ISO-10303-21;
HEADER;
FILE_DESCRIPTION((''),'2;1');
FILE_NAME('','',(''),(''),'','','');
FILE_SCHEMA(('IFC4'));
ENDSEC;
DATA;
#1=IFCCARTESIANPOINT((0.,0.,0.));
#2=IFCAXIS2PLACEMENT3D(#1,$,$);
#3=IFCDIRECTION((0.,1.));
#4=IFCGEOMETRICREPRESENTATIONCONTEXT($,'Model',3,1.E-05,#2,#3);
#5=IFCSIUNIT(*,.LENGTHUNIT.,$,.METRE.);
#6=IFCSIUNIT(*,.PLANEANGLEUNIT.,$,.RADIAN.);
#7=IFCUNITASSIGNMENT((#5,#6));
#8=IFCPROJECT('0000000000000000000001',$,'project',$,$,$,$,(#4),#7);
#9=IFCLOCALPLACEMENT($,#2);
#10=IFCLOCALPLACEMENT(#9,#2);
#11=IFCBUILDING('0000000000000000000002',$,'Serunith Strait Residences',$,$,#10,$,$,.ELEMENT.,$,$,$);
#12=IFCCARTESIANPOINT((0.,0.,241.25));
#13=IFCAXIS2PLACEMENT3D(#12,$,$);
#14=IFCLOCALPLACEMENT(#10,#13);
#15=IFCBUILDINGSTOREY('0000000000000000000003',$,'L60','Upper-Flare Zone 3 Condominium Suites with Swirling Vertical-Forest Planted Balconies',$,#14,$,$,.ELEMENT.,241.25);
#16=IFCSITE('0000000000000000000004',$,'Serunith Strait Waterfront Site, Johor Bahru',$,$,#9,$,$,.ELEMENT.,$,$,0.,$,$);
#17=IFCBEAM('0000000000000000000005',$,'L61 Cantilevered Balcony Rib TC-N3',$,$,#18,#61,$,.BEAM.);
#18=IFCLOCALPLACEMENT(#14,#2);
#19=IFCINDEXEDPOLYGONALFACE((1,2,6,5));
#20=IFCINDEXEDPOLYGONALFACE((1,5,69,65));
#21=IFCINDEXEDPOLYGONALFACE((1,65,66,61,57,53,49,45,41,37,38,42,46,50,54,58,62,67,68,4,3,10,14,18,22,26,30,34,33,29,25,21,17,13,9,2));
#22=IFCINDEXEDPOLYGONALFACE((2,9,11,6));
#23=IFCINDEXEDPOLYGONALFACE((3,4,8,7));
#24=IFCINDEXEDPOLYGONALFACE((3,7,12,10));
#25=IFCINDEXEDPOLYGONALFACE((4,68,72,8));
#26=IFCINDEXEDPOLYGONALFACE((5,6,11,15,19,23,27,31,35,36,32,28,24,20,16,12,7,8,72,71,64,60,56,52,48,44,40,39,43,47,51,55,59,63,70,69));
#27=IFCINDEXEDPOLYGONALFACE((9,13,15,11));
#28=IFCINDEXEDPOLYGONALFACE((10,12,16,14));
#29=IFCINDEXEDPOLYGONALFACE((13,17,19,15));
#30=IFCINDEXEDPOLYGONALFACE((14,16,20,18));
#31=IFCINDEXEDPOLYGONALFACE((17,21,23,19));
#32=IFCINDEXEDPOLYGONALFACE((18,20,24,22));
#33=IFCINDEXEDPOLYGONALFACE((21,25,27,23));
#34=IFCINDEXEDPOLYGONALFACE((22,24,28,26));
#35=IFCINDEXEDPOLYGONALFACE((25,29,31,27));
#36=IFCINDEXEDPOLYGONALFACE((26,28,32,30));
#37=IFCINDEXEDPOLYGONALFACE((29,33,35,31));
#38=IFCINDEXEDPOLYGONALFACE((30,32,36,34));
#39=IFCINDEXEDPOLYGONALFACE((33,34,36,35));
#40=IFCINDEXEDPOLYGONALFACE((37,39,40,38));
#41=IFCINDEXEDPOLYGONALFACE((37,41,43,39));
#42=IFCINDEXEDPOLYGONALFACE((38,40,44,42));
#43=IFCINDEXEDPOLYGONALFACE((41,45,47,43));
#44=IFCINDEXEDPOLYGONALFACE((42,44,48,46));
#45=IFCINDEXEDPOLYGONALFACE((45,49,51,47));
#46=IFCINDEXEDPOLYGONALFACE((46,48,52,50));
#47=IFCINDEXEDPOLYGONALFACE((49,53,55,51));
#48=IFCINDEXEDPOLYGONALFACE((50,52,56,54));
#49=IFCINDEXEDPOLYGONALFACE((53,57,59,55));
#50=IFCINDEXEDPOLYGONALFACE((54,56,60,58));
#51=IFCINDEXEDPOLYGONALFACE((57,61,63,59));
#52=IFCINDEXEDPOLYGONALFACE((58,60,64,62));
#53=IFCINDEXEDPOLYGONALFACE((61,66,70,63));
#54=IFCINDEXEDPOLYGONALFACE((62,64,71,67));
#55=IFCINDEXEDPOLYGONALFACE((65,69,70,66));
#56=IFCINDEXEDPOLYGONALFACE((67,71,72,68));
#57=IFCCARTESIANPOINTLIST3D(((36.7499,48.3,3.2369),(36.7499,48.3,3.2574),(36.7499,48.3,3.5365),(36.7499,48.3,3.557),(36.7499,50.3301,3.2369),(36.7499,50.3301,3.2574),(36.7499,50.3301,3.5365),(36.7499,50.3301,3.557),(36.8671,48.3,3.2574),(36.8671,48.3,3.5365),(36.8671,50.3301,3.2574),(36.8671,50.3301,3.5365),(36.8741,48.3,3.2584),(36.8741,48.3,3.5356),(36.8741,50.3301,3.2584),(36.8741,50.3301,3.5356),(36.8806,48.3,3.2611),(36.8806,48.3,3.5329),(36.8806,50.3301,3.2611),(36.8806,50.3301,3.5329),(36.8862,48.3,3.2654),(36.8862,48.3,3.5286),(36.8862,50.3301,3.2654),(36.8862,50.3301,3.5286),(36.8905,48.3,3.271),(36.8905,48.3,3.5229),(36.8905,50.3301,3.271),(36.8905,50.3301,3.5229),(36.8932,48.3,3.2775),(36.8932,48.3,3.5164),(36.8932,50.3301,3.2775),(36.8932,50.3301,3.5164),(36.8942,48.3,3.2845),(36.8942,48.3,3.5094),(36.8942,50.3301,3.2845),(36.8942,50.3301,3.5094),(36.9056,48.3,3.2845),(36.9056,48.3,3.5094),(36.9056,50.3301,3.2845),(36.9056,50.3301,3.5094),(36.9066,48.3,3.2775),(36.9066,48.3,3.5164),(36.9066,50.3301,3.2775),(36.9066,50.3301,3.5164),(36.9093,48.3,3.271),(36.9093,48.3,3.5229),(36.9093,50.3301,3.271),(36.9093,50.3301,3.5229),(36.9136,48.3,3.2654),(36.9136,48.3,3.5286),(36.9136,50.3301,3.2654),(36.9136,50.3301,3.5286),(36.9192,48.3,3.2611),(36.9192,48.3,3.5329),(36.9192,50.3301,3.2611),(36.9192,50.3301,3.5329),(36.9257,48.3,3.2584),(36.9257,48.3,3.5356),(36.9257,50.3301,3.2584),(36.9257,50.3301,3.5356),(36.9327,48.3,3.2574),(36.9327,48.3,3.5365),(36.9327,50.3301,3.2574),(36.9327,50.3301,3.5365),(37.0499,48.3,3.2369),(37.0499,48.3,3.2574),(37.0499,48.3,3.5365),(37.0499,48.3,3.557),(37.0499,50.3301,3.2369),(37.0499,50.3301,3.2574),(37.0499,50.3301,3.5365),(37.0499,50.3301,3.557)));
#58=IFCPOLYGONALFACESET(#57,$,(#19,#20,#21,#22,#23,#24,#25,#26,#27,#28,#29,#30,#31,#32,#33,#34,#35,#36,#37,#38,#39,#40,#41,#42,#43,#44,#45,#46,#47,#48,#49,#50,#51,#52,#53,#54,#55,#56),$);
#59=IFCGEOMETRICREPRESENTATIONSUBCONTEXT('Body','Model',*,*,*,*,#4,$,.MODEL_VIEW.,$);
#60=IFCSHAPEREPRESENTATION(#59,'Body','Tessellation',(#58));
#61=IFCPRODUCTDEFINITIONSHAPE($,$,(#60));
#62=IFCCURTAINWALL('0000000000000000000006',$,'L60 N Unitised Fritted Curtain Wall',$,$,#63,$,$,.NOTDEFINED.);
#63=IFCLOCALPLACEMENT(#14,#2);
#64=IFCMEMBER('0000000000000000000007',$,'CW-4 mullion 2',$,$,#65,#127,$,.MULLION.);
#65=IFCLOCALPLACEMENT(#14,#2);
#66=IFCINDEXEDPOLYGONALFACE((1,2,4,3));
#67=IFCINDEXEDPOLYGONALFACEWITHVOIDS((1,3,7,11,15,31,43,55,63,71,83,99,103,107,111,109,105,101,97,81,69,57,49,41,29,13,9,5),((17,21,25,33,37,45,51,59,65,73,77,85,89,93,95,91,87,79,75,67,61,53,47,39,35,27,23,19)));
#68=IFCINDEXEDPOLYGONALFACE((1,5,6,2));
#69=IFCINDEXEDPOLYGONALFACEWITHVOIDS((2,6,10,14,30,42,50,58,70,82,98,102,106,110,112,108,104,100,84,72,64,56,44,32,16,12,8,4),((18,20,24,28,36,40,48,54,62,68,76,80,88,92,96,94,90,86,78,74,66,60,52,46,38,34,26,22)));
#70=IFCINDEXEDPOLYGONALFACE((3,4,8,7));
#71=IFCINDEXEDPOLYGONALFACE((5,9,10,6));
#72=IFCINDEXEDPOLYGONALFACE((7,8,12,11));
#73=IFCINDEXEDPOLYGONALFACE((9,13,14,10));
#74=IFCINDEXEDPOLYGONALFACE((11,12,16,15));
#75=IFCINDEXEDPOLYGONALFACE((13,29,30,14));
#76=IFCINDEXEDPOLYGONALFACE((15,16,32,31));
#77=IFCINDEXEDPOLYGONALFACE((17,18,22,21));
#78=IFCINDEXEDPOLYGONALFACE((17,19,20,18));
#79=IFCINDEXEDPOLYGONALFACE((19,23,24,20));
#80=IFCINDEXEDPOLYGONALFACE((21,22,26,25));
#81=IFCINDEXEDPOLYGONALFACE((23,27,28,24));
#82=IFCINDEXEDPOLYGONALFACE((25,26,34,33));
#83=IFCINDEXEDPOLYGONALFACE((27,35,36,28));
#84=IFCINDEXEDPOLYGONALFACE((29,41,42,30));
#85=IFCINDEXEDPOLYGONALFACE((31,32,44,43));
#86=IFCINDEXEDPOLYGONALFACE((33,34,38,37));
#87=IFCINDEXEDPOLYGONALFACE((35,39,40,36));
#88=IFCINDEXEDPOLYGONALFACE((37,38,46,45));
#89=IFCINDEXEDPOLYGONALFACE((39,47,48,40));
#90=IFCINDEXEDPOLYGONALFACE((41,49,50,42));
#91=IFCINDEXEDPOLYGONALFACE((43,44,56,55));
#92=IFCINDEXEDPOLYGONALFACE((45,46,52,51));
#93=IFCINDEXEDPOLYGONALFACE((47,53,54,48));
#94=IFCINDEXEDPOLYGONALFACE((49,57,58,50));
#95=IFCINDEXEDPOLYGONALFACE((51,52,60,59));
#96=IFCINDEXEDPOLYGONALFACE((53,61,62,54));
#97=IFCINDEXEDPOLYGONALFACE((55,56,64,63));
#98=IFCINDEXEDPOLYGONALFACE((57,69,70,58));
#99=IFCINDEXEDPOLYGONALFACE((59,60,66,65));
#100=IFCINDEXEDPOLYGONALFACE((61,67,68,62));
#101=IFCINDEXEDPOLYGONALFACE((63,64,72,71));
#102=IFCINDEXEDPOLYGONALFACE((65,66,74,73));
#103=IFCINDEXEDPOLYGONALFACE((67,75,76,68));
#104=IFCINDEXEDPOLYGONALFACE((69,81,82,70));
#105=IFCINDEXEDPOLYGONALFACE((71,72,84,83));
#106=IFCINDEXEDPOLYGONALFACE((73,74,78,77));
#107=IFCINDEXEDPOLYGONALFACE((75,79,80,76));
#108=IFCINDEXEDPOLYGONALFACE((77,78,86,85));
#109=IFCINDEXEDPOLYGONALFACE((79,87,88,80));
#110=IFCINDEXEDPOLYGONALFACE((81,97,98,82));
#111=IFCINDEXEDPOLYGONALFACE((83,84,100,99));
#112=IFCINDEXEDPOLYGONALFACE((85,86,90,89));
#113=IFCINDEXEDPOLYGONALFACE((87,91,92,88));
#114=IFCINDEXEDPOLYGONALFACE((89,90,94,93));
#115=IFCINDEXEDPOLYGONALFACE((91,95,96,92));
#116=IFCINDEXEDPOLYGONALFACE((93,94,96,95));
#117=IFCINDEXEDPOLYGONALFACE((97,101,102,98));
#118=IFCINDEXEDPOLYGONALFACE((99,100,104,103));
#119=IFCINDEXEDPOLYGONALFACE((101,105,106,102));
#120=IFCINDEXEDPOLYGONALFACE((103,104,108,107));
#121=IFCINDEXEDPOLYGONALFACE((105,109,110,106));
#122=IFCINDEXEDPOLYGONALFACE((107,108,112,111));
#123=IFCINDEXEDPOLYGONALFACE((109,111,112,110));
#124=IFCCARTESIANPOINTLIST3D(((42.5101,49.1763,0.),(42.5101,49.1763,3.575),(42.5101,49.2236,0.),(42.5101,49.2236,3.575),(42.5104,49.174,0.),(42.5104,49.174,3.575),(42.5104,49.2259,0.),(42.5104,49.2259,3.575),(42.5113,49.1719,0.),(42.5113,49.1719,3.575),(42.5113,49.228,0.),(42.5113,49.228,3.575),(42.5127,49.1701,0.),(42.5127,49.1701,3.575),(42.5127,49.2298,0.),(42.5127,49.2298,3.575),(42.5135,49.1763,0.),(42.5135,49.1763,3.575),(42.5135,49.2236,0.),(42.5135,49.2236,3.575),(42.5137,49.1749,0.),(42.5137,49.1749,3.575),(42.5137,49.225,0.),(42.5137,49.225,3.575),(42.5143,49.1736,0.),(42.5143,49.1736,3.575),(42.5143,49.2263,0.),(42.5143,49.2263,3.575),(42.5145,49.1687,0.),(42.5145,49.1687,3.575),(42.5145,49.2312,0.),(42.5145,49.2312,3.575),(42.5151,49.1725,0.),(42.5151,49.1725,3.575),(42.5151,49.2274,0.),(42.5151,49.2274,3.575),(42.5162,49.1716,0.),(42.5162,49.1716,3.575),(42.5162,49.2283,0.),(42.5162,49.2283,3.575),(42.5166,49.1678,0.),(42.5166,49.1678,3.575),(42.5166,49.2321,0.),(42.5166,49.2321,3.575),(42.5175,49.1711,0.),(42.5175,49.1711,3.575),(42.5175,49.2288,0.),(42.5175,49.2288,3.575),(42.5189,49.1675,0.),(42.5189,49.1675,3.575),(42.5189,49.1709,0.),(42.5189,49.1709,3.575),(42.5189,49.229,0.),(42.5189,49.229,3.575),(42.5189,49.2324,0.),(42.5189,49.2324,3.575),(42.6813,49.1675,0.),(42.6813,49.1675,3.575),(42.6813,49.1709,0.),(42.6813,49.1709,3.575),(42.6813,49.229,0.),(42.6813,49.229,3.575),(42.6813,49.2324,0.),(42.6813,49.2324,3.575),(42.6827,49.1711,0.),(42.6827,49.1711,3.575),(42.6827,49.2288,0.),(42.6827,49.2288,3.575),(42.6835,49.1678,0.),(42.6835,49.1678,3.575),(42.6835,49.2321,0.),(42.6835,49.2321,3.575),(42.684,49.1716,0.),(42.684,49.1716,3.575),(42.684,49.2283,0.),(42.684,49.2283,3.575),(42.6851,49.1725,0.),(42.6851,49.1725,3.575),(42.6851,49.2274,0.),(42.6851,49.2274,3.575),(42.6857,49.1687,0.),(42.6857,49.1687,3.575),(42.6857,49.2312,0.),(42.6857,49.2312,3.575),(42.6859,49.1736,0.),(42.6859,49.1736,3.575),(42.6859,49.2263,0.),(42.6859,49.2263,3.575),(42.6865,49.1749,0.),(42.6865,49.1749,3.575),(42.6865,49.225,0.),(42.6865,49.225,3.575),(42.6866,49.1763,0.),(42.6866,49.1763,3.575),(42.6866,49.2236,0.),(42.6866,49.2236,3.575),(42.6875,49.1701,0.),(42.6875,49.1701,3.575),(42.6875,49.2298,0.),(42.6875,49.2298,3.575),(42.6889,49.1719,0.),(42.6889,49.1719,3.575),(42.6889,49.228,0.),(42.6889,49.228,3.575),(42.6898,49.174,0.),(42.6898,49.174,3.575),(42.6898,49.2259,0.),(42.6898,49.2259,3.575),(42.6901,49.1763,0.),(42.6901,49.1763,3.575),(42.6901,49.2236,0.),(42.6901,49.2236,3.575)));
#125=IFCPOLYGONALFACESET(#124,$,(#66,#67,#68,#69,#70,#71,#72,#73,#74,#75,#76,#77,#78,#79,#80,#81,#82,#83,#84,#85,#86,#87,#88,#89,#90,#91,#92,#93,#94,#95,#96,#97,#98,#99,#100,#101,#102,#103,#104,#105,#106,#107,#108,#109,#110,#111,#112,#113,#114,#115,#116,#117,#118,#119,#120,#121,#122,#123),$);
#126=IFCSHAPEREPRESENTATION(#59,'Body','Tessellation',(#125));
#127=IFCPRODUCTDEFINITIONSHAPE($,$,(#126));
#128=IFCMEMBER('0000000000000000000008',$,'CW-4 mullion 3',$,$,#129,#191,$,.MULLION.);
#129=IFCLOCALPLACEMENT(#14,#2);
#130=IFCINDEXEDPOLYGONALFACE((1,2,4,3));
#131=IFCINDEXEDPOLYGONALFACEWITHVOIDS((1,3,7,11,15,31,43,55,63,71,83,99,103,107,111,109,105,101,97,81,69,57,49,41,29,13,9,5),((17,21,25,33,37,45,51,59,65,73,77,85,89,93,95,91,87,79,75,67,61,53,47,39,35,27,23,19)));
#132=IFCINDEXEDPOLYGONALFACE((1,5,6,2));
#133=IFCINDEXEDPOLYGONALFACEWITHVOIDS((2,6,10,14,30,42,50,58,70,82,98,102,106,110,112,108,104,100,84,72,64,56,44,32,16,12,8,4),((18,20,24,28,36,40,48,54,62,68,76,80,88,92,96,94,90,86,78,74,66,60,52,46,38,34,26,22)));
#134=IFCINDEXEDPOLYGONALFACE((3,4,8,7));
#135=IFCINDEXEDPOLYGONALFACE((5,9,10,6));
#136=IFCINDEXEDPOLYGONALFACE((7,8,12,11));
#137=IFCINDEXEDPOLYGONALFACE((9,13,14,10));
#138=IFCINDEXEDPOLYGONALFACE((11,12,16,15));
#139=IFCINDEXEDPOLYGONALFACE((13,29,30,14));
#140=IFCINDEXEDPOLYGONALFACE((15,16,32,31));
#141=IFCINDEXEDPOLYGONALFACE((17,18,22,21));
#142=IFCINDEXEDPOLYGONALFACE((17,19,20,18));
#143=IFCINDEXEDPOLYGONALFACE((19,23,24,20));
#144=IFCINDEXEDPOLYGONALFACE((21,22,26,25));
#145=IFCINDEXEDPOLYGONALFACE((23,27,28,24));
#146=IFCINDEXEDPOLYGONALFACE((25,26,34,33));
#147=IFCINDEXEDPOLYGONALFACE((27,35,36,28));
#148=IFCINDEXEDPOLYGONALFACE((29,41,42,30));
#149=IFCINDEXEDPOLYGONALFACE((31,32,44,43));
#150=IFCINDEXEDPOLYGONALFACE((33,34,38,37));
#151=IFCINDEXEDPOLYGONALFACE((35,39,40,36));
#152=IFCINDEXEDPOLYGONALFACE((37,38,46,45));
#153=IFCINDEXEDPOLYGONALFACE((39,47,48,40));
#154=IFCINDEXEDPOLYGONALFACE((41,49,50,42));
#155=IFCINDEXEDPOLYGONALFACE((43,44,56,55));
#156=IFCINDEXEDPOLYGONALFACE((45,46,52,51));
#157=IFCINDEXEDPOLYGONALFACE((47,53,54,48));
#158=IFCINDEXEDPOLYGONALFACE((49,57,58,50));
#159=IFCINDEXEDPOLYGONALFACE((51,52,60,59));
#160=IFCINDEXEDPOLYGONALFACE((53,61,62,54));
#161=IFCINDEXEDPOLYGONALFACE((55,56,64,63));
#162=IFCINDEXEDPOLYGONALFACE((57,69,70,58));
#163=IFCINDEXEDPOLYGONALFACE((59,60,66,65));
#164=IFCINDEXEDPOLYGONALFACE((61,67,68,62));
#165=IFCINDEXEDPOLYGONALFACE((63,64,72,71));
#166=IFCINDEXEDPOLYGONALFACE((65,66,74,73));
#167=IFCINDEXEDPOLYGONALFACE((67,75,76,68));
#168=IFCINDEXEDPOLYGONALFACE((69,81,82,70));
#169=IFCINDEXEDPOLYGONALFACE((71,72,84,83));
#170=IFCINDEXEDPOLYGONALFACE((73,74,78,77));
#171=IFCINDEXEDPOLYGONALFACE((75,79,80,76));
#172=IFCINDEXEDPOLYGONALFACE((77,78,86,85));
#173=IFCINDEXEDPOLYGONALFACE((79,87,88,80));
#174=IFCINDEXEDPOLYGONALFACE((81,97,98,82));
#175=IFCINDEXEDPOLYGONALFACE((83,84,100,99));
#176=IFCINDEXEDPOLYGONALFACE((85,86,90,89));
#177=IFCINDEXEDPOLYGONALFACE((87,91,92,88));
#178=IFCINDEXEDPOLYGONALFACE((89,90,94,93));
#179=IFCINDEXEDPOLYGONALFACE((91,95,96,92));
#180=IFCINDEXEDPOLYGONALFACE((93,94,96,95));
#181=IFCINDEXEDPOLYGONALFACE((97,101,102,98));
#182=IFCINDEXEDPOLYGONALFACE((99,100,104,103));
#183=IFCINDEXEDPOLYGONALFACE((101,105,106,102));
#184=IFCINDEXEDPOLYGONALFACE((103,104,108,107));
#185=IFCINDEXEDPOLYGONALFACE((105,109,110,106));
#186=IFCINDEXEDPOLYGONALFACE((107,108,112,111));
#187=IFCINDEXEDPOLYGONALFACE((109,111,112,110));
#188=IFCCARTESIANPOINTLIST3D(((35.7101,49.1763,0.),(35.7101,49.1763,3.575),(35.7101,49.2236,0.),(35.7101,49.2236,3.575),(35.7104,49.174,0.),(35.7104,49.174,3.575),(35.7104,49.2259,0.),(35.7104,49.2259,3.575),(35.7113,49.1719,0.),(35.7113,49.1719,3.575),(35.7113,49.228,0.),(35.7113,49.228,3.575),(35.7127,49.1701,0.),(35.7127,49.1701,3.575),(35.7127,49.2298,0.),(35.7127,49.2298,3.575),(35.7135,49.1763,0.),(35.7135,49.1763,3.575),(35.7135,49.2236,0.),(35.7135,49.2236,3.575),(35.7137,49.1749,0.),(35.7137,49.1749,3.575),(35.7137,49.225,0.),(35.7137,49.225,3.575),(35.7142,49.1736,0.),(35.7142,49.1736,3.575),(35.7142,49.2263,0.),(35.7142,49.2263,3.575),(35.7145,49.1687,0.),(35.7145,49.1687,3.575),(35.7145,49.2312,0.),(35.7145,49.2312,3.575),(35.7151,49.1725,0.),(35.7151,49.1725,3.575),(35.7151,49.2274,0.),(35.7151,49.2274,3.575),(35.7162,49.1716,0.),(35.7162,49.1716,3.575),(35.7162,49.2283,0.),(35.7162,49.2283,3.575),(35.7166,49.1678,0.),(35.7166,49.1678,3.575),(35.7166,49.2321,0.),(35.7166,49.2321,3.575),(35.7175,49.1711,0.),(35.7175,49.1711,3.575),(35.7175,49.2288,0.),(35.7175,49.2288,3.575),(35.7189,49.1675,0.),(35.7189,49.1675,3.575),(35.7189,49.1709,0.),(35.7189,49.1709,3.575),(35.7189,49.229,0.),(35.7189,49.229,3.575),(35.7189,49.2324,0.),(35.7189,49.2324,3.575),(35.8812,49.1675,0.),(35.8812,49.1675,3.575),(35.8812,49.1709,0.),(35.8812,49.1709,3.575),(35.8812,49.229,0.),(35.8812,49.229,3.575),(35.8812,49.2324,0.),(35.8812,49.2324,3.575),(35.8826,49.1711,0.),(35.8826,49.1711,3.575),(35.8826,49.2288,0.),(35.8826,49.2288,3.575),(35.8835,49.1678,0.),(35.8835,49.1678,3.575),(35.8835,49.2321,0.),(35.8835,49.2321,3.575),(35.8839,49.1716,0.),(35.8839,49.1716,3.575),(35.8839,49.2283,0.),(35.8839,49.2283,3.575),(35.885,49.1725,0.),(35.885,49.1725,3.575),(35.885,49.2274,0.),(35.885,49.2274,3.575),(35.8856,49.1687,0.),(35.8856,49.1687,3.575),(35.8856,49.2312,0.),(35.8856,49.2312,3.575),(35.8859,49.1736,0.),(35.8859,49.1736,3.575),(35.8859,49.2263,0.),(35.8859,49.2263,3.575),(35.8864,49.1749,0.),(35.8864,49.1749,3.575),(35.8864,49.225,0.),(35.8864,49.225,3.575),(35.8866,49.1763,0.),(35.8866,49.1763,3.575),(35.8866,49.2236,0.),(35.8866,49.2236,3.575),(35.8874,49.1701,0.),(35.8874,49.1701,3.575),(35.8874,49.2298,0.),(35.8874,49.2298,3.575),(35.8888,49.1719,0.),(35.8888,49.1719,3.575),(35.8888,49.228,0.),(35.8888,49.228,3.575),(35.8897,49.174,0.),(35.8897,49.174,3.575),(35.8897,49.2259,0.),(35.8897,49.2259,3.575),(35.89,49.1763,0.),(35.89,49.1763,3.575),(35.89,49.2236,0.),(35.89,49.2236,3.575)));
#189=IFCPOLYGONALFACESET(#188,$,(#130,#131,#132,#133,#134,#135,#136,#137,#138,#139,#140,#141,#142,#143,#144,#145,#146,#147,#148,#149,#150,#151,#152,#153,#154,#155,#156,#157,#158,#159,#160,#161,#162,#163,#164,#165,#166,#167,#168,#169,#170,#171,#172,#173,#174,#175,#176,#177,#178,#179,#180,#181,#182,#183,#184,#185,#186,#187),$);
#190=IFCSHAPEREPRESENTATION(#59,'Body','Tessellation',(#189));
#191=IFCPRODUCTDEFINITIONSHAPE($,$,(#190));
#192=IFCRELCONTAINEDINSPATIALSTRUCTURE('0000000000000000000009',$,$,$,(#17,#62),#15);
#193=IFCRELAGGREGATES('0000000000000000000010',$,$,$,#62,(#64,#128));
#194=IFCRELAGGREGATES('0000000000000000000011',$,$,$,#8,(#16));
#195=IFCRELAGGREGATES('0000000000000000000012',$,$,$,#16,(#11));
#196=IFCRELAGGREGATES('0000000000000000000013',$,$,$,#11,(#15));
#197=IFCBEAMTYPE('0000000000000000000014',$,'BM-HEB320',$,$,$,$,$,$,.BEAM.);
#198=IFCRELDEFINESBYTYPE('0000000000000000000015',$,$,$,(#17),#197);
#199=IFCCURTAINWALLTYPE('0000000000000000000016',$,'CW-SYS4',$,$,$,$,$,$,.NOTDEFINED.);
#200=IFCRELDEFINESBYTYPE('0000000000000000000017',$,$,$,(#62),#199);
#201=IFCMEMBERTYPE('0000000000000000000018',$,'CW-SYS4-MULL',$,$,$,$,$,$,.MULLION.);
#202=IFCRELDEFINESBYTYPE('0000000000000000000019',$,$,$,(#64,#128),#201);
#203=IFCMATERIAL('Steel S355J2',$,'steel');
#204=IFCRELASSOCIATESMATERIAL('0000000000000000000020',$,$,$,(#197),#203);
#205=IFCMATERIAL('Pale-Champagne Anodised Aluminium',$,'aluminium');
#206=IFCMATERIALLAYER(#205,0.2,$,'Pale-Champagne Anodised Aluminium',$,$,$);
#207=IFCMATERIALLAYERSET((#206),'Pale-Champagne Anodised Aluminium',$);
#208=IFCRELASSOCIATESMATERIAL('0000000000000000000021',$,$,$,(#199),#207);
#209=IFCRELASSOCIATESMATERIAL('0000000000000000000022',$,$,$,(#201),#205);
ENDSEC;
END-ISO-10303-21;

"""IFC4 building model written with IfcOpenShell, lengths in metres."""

from ifc_helpers import new_model, si_unit, direction, frame, origin, origin_2d, place, context, subcontext, project, spatial, hollow_rectangle, i_section, extrude, source, transform, mapped, material, layer, layer_set, material_profile, profile_set, type_object, element, aggregate, save


model = new_model("IFC4")

# Units and contexts
model_context = context("Model", 3, precision=1e-05, world=origin(), true_north=direction((0.0, 1.0)))
body_context = subcontext(model_context, "Body", "Model", "MODEL_VIEW")
ifc_project = project(units=[si_unit("LENGTHUNIT", "METRE"), si_unit("PLANEANGLEUNIT", "RADIAN")], contexts=[model_context])

# Site, building, storey
site_placement = place(None, origin())
site = spatial("IfcSite", under=ifc_project, at=site_placement, Name="Serunith Strait Waterfront Site, Johor Bahru", CompositionType="ELEMENT", RefElevation=0.0)
building_placement = place(site_placement, origin())
building = spatial("IfcBuilding", under=site, at=building_placement, Name="Serunith Strait Residences", CompositionType="ELEMENT")
storey_placement = place(building_placement, frame((0.0, 0.0, 241.25)))
storey = spatial("IfcBuildingStorey", under=building, at=storey_placement, Name="L60", Description="Upper-Flare Zone 3 Condominium Suites with Swirling Vertical-Forest Planted Balconies", CompositionType="ELEMENT", Elevation=241.25)

# Beam
ifc_material_1 = material(Name="Steel S355J2", Category="steel")
ifc_material_profile_1 = material_profile(ifc_material_1, i_section(OverallWidth=0.3, OverallDepth=0.3201, WebThickness=0.0115, FlangeThickness=0.0205, FilletRadius=0.0271, at=origin_2d()), Name="HEB 320")
ifc_profile_set_1 = profile_set([ifc_material_profile_1], Name="Steel S355J2")
beam_type_1 = type_object("IfcBeamType", Name="BM-HEB320", PredefinedType="BEAM", material=ifc_profile_set_1)
shared_shape_1 = source(origin(), body_context, "Body", "SweptSolid", [
    extrude(i_section(OverallWidth=0.3, OverallDepth=0.3201, WebThickness=0.0115, FlangeThickness=0.0205, FilletRadius=0.0271, at=origin_2d()), origin(), (0.0, 0.0, 1.0), 2.03),
])
beam_1_placement = place(storey_placement, frame((36.8999, 48.3, 3.397), z_axis=(0.0, 1.0, 0.0), x_axis=(-1.0, 0.0, 0.0)))
element("IfcBeam", 1, at=beam_1_placement, inside=storey, type_object=beam_type_1, Name="L61 Cantilevered Balcony Rib TC-N3", PredefinedType="BEAM", context=body_context, shape_type="MappedRepresentation", body=[
    mapped(shared_shape_1, transform((0.0, 0.0, 0.0), scale=1.0)),
])

# Curtain wall, members
ifc_material_2 = material(Name="Pale-Champagne Anodised Aluminium", Category="aluminium")
ifc_layer_1 = layer(ifc_material_2, 0.2, Name="Pale-Champagne Anodised Aluminium")
ifc_layer_set_1 = layer_set([ifc_layer_1], Name="Pale-Champagne Anodised Aluminium")
curtain_wall_type = type_object("IfcCurtainWallType", Name="CW-SYS4", PredefinedType="NOTDEFINED", material=ifc_layer_set_1)
curtain_wall_placement = place(storey_placement, origin())
curtain_wall = element("IfcCurtainWall", 2, at=curtain_wall_placement, inside=storey, type_object=curtain_wall_type, Name="L60 N Unitised Fritted Curtain Wall", PredefinedType="NOTDEFINED")
ifc_material_profile_2 = material_profile(ifc_material_2, hollow_rectangle(XDim=0.0649, YDim=0.1799, WallThickness=0.0034, InnerFilletRadius=0.0054, OuterFilletRadius=0.0088, at=origin_2d()), Name="ALU 180x65x3.5")
ifc_profile_set_2 = profile_set([ifc_material_profile_2], Name="Pale-Champagne Anodised Aluminium")
member_type_1 = type_object("IfcMemberType", Name="CW-SYS4-MULL", PredefinedType="MULLION", material=ifc_profile_set_2)
shared_shape_2 = source(origin(), body_context, "Body", "SweptSolid", [
    extrude(hollow_rectangle(XDim=0.0649, YDim=0.1799, WallThickness=0.0034, InnerFilletRadius=0.0054, OuterFilletRadius=0.0088, at=origin_2d()), origin(), (0.0, 0.0, 1.0), 3.575),
])
member_1_placement = place(storey_placement, frame((42.6001, 49.2, 0.0), z_axis=(0.0, 0.0, 1.0), x_axis=(0.0, -1.0, 0.0)))
member_1 = element("IfcMember", 3, at=member_1_placement, type_object=member_type_1, Name="CW-4 mullion 2", PredefinedType="MULLION", context=body_context, shape_type="MappedRepresentation", body=[
    mapped(shared_shape_2, transform((0.0, 0.0, 0.0), scale=1.0)),
])
member_2_placement = place(storey_placement, frame((35.8, 49.2, 0.0), z_axis=(0.0, 0.0, 1.0), x_axis=(0.0, -1.0, 0.0)))
member_2 = element("IfcMember", 4, at=member_2_placement, type_object=member_type_1, Name="CW-4 mullion 3", PredefinedType="MULLION", context=body_context, shape_type="MappedRepresentation", body=[
    mapped(shared_shape_2, transform((0.0, 0.0, 0.0), scale=1.0)),
])
aggregate(curtain_wall, [member_1, member_2])

save(model, "model.ifc")
